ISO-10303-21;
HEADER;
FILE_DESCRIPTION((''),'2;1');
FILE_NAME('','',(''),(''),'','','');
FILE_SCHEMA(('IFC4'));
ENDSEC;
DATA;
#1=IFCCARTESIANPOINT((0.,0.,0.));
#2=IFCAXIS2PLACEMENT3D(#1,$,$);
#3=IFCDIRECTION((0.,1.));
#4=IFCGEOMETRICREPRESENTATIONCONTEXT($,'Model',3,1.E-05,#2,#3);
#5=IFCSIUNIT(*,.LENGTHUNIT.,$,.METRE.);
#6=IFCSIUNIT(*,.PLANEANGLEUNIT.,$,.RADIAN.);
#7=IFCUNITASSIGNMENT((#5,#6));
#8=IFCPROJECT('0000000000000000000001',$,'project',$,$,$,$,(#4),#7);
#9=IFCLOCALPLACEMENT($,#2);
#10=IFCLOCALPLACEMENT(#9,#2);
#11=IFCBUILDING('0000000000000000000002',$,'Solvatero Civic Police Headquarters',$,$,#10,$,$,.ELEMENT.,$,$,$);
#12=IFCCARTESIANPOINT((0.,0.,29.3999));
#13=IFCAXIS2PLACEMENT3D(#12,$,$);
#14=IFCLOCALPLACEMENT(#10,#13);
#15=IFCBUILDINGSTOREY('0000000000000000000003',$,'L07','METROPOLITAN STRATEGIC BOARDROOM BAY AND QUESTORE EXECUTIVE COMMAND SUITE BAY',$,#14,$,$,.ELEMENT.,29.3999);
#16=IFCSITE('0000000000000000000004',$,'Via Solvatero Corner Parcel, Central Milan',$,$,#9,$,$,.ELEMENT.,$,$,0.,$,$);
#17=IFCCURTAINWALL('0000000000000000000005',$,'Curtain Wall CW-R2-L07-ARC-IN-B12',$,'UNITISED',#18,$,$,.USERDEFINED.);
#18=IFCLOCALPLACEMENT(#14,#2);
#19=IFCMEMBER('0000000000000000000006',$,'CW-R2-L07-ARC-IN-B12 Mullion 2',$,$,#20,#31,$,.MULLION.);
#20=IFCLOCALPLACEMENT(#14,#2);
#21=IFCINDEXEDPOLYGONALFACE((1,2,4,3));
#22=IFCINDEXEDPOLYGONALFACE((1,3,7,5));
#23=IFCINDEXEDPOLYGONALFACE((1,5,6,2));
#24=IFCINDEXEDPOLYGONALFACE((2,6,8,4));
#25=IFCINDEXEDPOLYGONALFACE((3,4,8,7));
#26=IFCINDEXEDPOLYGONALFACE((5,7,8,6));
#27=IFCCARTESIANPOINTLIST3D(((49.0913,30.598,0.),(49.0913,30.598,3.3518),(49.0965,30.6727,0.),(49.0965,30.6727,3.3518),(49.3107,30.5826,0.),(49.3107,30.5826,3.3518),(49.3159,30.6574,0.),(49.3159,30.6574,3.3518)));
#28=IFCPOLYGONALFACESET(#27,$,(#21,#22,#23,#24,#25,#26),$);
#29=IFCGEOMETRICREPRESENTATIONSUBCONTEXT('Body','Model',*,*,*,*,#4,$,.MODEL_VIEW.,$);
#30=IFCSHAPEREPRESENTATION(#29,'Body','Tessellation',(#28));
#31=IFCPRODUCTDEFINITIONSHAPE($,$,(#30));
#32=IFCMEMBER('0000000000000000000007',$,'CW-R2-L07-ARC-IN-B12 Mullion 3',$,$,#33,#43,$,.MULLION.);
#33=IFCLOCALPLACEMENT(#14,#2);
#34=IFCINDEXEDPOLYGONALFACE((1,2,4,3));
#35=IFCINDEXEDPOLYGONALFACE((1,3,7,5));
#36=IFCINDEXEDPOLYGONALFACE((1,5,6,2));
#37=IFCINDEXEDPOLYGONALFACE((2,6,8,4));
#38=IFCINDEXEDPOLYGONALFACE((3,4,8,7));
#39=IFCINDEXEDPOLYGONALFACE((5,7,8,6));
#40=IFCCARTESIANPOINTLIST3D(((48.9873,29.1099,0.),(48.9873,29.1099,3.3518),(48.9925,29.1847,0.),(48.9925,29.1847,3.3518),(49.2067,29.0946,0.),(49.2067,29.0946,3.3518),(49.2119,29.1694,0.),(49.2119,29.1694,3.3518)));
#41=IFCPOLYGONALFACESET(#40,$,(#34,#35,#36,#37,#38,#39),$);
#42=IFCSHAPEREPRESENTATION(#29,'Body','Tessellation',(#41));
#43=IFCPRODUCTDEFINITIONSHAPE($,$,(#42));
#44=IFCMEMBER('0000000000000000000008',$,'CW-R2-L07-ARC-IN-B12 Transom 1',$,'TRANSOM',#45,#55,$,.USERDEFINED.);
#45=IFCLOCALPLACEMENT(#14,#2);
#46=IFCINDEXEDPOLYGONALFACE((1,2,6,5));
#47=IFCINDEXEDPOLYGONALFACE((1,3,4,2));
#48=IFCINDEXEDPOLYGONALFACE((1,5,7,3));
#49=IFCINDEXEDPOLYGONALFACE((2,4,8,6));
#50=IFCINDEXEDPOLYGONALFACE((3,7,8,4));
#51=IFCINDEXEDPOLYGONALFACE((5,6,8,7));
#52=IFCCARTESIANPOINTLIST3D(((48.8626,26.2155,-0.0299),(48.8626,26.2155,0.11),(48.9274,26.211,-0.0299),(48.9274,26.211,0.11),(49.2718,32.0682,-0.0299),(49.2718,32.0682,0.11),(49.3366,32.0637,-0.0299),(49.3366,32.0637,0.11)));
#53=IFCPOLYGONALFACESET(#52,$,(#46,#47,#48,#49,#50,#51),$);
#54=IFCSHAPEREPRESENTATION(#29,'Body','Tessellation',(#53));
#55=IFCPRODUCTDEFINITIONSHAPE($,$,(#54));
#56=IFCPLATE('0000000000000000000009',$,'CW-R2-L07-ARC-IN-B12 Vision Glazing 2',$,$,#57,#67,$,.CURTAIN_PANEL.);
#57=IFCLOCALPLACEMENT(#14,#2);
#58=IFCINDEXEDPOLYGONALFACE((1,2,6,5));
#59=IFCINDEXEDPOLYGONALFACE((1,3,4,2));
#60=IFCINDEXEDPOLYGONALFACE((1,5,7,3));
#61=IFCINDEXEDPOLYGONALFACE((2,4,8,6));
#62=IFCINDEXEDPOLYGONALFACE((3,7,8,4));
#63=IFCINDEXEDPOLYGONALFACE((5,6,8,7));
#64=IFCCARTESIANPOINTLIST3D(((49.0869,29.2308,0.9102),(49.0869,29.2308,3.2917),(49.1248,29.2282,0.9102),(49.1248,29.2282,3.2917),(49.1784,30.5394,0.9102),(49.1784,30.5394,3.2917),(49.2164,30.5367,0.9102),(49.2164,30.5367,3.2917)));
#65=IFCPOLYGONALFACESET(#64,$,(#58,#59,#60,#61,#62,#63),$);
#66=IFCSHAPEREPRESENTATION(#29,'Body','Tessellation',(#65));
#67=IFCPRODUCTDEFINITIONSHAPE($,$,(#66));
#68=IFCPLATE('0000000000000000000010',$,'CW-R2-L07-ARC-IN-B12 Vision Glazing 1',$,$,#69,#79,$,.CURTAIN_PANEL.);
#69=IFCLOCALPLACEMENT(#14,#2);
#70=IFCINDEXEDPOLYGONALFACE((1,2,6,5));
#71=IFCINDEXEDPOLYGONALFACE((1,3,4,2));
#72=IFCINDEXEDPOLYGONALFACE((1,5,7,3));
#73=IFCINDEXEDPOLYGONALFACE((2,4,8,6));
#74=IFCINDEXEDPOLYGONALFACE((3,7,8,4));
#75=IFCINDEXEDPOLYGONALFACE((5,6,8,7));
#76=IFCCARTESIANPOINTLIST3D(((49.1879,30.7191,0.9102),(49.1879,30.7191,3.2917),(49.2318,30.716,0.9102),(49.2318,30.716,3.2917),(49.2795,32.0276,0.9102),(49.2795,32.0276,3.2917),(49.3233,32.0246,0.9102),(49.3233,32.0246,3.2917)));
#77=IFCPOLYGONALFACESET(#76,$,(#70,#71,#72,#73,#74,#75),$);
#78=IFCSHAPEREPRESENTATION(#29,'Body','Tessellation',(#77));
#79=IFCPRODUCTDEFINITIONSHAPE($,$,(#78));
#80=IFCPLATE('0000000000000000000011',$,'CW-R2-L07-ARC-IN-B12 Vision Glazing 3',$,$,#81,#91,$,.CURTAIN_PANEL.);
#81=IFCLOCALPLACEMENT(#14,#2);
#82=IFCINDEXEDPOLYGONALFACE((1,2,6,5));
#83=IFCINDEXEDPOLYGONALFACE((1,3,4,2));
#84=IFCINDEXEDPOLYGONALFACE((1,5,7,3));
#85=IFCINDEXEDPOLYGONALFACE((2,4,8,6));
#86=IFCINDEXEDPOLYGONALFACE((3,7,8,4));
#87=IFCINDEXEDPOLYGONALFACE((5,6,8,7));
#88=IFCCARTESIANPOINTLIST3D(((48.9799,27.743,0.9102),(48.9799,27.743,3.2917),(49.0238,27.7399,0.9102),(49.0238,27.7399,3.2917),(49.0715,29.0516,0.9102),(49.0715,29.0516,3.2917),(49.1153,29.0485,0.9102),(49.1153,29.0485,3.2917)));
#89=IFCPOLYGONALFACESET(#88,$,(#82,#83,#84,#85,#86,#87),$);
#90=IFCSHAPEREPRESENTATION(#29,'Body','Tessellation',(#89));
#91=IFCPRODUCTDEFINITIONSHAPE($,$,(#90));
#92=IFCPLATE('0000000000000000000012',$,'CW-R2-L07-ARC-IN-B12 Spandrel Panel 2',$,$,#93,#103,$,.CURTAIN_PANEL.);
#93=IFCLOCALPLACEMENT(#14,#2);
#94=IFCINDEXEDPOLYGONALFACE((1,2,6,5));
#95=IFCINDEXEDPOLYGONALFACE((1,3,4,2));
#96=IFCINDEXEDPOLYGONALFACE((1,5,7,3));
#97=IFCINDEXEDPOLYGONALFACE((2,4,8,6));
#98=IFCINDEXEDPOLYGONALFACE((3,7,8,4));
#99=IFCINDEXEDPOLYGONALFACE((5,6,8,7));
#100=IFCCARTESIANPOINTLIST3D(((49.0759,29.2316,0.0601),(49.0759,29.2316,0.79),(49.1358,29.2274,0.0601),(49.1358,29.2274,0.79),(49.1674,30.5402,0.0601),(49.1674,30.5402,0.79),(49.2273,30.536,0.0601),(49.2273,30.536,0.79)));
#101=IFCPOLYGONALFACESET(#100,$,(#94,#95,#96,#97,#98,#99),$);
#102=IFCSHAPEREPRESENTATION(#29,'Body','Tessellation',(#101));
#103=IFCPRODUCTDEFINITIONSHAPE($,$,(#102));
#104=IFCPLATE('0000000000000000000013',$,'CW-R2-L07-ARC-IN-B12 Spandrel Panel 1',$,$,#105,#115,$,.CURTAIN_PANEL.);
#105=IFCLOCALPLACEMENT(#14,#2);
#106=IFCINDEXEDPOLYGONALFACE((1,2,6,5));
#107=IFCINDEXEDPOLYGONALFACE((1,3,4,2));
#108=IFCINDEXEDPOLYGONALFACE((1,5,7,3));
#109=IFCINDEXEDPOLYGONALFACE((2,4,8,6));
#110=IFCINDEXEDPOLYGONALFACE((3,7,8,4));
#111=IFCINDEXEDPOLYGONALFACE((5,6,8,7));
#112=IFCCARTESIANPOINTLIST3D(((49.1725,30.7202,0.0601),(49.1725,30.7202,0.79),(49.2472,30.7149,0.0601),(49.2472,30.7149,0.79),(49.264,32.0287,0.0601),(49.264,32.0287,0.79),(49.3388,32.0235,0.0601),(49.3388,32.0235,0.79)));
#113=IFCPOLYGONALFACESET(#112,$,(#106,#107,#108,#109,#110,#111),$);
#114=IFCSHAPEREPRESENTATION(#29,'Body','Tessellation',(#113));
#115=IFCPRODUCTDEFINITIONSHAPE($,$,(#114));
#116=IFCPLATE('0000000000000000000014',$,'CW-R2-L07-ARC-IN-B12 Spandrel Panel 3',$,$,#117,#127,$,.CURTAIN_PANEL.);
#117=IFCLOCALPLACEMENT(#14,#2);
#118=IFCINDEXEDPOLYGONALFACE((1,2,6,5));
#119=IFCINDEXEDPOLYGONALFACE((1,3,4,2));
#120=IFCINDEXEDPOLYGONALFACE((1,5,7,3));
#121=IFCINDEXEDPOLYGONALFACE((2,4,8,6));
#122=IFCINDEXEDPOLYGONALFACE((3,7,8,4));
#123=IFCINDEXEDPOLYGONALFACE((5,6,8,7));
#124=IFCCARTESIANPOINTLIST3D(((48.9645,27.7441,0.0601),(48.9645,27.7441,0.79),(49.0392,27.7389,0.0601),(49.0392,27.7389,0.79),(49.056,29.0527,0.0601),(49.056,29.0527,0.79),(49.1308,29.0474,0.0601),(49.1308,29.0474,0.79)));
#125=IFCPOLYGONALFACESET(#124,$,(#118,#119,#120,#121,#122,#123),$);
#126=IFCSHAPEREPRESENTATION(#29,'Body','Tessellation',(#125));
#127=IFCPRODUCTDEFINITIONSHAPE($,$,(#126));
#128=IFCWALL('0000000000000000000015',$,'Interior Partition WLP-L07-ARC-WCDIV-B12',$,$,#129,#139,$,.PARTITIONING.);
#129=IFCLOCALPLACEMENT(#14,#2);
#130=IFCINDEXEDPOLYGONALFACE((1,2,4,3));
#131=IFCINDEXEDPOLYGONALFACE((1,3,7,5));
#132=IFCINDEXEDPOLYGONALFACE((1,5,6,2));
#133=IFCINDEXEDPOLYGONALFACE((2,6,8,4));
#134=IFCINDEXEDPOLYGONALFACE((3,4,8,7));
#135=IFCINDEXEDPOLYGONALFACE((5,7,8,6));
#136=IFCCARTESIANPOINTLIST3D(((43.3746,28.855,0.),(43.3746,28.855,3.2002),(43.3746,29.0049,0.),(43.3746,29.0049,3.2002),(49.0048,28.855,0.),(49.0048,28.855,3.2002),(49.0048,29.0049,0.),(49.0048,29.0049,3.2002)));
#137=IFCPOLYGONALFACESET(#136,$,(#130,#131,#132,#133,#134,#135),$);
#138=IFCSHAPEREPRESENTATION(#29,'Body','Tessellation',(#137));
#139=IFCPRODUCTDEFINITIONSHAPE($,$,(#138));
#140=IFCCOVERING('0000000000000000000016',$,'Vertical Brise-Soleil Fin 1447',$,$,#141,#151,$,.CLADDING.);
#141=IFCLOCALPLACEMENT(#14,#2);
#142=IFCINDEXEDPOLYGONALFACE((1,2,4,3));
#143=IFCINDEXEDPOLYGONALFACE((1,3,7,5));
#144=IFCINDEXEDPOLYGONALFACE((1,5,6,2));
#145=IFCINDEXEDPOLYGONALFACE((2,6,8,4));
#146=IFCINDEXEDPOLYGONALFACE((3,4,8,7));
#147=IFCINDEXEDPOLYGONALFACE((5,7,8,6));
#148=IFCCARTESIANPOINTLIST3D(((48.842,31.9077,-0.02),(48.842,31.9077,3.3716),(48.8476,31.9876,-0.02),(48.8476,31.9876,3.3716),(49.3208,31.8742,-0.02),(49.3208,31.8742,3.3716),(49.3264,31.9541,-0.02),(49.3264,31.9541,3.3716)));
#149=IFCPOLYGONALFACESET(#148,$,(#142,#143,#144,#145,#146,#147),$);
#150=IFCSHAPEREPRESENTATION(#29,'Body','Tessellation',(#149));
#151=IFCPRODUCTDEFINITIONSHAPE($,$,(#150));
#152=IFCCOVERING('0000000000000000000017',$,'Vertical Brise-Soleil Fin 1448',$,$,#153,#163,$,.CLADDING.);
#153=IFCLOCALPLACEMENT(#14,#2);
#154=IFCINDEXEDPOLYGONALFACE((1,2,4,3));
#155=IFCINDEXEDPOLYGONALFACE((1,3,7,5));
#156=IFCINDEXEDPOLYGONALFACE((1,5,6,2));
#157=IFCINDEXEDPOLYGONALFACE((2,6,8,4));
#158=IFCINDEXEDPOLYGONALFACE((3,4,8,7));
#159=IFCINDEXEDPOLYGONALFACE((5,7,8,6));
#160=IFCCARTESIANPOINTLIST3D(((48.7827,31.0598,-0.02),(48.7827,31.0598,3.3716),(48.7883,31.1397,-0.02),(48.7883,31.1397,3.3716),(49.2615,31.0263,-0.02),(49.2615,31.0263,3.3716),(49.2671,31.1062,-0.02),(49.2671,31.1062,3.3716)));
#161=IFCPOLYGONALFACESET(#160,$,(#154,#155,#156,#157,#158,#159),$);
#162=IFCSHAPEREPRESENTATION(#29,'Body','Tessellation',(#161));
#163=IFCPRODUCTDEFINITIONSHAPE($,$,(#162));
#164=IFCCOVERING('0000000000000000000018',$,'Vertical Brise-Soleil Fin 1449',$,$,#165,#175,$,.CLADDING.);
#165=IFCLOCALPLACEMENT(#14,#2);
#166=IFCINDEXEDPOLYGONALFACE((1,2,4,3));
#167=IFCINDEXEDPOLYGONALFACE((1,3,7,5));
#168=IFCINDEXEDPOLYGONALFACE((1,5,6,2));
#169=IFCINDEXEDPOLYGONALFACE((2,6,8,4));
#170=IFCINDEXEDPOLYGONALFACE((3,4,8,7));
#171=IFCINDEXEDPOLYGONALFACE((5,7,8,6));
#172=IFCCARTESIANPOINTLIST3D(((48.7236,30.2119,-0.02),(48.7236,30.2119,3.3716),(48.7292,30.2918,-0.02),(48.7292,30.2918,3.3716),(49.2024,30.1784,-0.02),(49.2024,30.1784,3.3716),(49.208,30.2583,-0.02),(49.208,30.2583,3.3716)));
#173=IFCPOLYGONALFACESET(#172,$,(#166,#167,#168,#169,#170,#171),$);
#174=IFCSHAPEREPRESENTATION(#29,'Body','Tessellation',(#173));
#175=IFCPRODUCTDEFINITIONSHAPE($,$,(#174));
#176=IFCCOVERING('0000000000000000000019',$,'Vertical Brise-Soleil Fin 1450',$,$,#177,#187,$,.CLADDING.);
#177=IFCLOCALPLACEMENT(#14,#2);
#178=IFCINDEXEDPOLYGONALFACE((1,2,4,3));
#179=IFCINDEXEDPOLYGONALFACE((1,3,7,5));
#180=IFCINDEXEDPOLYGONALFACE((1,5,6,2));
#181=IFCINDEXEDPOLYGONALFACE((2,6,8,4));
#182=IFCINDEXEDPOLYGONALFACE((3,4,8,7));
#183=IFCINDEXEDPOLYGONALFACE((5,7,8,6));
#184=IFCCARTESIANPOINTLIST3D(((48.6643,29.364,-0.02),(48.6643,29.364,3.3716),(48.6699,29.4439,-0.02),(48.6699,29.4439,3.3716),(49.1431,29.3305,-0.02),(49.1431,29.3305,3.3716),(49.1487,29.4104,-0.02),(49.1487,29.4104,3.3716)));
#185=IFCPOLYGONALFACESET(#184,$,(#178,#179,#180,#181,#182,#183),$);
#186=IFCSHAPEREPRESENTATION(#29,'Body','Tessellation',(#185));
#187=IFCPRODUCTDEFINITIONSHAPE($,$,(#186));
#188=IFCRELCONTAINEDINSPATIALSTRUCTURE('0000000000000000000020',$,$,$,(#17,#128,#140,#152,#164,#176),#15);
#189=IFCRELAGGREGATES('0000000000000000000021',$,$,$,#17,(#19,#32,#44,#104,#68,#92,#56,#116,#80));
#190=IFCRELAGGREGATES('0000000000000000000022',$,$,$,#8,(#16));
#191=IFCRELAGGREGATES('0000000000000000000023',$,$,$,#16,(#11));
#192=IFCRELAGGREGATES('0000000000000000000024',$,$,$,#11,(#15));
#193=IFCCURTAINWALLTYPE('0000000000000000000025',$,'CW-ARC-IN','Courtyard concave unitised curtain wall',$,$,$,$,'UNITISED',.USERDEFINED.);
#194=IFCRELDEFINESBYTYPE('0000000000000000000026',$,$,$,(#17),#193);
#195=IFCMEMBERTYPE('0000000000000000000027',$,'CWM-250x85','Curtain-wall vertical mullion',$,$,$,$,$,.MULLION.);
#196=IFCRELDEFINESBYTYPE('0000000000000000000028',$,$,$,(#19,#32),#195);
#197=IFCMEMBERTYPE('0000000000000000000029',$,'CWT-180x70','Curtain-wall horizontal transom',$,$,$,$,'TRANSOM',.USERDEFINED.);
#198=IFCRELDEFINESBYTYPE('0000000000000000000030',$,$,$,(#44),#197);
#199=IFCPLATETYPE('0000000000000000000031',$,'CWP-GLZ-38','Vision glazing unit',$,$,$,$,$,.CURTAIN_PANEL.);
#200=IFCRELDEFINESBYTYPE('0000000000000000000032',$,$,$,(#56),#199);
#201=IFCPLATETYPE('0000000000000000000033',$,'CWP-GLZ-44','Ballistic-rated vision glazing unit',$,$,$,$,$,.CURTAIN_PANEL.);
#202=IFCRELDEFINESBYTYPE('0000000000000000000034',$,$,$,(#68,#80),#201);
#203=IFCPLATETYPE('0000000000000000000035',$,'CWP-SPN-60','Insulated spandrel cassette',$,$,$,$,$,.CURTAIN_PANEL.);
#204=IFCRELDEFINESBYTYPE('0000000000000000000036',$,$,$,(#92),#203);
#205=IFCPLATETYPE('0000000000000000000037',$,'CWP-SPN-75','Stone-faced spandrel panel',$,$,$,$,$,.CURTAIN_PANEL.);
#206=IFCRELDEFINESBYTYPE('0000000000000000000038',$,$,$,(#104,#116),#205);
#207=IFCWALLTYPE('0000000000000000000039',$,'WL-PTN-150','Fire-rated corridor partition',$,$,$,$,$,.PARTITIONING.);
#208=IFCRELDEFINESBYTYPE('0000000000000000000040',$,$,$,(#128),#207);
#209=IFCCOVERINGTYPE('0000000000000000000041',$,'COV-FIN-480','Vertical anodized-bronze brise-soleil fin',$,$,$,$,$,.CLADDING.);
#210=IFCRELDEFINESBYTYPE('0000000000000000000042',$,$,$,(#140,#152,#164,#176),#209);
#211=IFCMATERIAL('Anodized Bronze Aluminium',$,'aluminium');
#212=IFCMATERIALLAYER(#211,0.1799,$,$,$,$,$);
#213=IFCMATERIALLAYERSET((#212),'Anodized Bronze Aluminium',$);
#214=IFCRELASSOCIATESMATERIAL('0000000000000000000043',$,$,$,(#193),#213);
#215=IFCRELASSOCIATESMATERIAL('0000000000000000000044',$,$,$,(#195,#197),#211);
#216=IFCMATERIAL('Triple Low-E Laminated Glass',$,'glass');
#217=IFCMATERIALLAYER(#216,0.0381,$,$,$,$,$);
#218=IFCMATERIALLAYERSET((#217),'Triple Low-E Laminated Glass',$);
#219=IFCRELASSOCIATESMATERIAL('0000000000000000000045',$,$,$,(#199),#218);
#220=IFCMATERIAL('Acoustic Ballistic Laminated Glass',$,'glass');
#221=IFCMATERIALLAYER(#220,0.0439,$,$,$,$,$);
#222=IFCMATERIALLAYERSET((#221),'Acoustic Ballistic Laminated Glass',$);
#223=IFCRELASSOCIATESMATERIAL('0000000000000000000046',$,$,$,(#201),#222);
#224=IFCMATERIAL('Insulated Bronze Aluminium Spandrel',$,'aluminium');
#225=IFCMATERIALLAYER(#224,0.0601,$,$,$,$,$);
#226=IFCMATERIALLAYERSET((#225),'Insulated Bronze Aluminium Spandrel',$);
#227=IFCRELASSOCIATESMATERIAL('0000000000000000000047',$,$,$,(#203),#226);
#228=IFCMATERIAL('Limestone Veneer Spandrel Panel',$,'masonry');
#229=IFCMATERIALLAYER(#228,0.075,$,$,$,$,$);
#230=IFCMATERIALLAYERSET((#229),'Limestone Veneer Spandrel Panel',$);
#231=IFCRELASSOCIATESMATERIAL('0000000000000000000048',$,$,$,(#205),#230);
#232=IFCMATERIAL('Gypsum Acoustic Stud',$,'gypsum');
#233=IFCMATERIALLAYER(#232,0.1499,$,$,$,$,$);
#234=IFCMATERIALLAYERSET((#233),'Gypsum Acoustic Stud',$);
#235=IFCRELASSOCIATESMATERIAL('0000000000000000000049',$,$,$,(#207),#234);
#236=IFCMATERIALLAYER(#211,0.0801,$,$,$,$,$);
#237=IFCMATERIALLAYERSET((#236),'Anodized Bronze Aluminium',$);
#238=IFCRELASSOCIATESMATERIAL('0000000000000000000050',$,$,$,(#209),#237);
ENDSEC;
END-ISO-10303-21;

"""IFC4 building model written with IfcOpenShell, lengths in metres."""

from ifc_helpers import new_model, si_unit, direction, frame, frame_2d, origin, origin_2d, place, context, subcontext, project, spatial, rectangle, extrude, material, layer, layer_set, material_profile, profile_set, type_object, element, aggregate, save


model = new_model("IFC4")

# Units and contexts
model_context = context("Model", 3, precision=1e-05, world=origin(), true_north=direction((0.0, 1.0)))
body_context = subcontext(model_context, "Body", "Model", "MODEL_VIEW")
ifc_project = project(units=[si_unit("LENGTHUNIT", "METRE"), si_unit("PLANEANGLEUNIT", "RADIAN")], contexts=[model_context])

# Site, building, storey
site_placement = place(None, origin())
site = spatial("IfcSite", under=ifc_project, at=site_placement, Name="Via Solvatero Corner Parcel, Central Milan", CompositionType="ELEMENT", RefElevation=0.0)
building_placement = place(site_placement, origin())
building = spatial("IfcBuilding", under=site, at=building_placement, Name="Solvatero Civic Police Headquarters", CompositionType="ELEMENT")
storey_placement = place(building_placement, frame((0.0, 0.0, 29.3999)))
storey = spatial("IfcBuildingStorey", under=building, at=storey_placement, Name="L07", Description="METROPOLITAN STRATEGIC BOARDROOM BAY AND QUESTORE EXECUTIVE COMMAND SUITE BAY", CompositionType="ELEMENT", Elevation=29.3999)

# Curtain wall, members, plates
ifc_material_1 = material(Name="Anodized Bronze Aluminium", Category="aluminium")
ifc_layer_1 = layer(ifc_material_1, 0.1799)
ifc_layer_set_1 = layer_set([ifc_layer_1], Name="Anodized Bronze Aluminium")
curtain_wall_type = type_object("IfcCurtainWallType", Name="CW-ARC-IN", Description="Courtyard concave unitised curtain wall", ElementType="UNITISED", PredefinedType="USERDEFINED", material=ifc_layer_set_1)
curtain_wall_placement = place(storey_placement, origin())
curtain_wall = element("IfcCurtainWall", 1, at=curtain_wall_placement, inside=storey, type_object=curtain_wall_type, Name="Curtain Wall CW-R2-L07-ARC-IN-B12", ObjectType="UNITISED", PredefinedType="USERDEFINED")
ifc_material_profile_1 = material_profile(ifc_material_1, rectangle(XDim=0.075, YDim=0.22, at=origin_2d()), Name="ALU MULLION 75x220")
ifc_profile_set_1 = profile_set([ifc_material_profile_1], Name="Anodized Bronze Aluminium")
member_type_1 = type_object("IfcMemberType", Name="CWM-250x85", Description="Curtain-wall vertical mullion", PredefinedType="MULLION", material=ifc_profile_set_1)
member_1_placement = place(storey_placement, frame((49.2036, 30.6277, 0.0), z_axis=(0.0, 0.0, 1.0), x_axis=(-0.069774, -0.997563, 0.0)))
member_1 = element("IfcMember", 2, at=member_1_placement, type_object=member_type_1, Name="CW-R2-L07-ARC-IN-B12 Mullion 2", PredefinedType="MULLION", context=body_context, shape_type="SweptSolid", body=[
    extrude(rectangle(XDim=0.075, YDim=0.22, at=origin_2d()), origin(), (0.0, 0.0, 1.0), 3.3518),
])
member_2_placement = place(storey_placement, frame((49.0996, 29.1396, 0.0), z_axis=(0.0, 0.0, 1.0), x_axis=(-0.069774, -0.997563, 0.0)))
member_2 = element("IfcMember", 3, at=member_2_placement, type_object=member_type_1, Name="CW-R2-L07-ARC-IN-B12 Mullion 3", PredefinedType="MULLION", context=body_context, shape_type="SweptSolid", body=[
    extrude(rectangle(XDim=0.075, YDim=0.22, at=origin_2d()), origin(), (0.0, 0.0, 1.0), 3.3518),
])
ifc_material_profile_2 = material_profile(ifc_material_1, rectangle(XDim=0.0649, YDim=0.1399, at=origin_2d()), Name="ALU TRANSOM 65x140")
ifc_profile_set_2 = profile_set([ifc_material_profile_2], Name="Anodized Bronze Aluminium")
member_type_2 = type_object("IfcMemberType", Name="CWT-180x70", Description="Curtain-wall horizontal transom", ElementType="TRANSOM", PredefinedType="USERDEFINED", material=ifc_profile_set_2)
member_3_placement = place(storey_placement, frame((49.3042, 32.0659, 0.04), z_axis=(-0.069745, -0.997565, 0.0), x_axis=(0.997565, -0.069745, 0.0)))
member_3 = element("IfcMember", 4, at=member_3_placement, type_object=member_type_2, Name="CW-R2-L07-ARC-IN-B12 Transom 1", ObjectType="TRANSOM", PredefinedType="USERDEFINED", context=body_context, shape_type="SweptSolid", body=[
    extrude(rectangle(XDim=0.0649, YDim=0.1399, at=origin_2d()), origin(), (0.0, 0.0, 1.0), 5.8669),
])
ifc_material_2 = material(Name="Triple Low-E Laminated Glass", Category="glass")
ifc_layer_2 = layer(ifc_material_2, 0.0381)
ifc_layer_set_2 = layer_set([ifc_layer_2], Name="Triple Low-E Laminated Glass")
plate_type_1 = type_object("IfcPlateType", Name="CWP-GLZ-38", Description="Vision glazing unit", PredefinedType="CURTAIN_PANEL", material=ifc_layer_set_2)
plate_1_placement = place(storey_placement, frame((49.1516, 29.8838, 0.9102), z_axis=(0.0, 0.0, 1.0), x_axis=(-0.069774, -0.997563, 0.0)))
plate_1 = element("IfcPlate", 5, at=plate_1_placement, type_object=plate_type_1, Name="CW-R2-L07-ARC-IN-B12 Vision Glazing 2", PredefinedType="CURTAIN_PANEL", context=body_context, shape_type="SweptSolid", body=[
    extrude(rectangle(XDim=1.3118, YDim=0.0381, at=origin_2d()), origin(), (0.0, 0.0, 1.0), 2.3816),
])
ifc_material_3 = material(Name="Acoustic Ballistic Laminated Glass", Category="glass")
ifc_layer_3 = layer(ifc_material_3, 0.0439)
ifc_layer_set_3 = layer_set([ifc_layer_3], Name="Acoustic Ballistic Laminated Glass")
plate_type_2 = type_object("IfcPlateType", Name="CWP-GLZ-44", Description="Ballistic-rated vision glazing unit", PredefinedType="CURTAIN_PANEL", material=ifc_layer_set_3)
plate_2_placement = place(storey_placement, frame((49.2556, 31.3718, 0.9102), z_axis=(0.0, 0.0, 1.0), x_axis=(-0.069774, -0.997563, 0.0)))
plate_2 = element("IfcPlate", 6, at=plate_2_placement, type_object=plate_type_2, Name="CW-R2-L07-ARC-IN-B12 Vision Glazing 1", PredefinedType="CURTAIN_PANEL", context=body_context, shape_type="SweptSolid", body=[
    extrude(rectangle(XDim=1.3118, YDim=0.0439, at=origin_2d()), origin(), (0.0, 0.0, 1.0), 2.3816),
])
plate_3_placement = place(storey_placement, frame((49.0476, 28.3958, 0.9102), z_axis=(0.0, 0.0, 1.0), x_axis=(-0.069774, -0.997563, 0.0)))
plate_3 = element("IfcPlate", 7, at=plate_3_placement, type_object=plate_type_2, Name="CW-R2-L07-ARC-IN-B12 Vision Glazing 3", PredefinedType="CURTAIN_PANEL", context=body_context, shape_type="SweptSolid", body=[
    extrude(rectangle(XDim=1.3118, YDim=0.0439, at=origin_2d()), origin(), (0.0, 0.0, 1.0), 2.3816),
])
ifc_material_4 = material(Name="Insulated Bronze Aluminium Spandrel", Category="aluminium")
ifc_layer_4 = layer(ifc_material_4, 0.0601)
ifc_layer_set_4 = layer_set([ifc_layer_4], Name="Insulated Bronze Aluminium Spandrel")
plate_type_3 = type_object("IfcPlateType", Name="CWP-SPN-60", Description="Insulated spandrel cassette", PredefinedType="CURTAIN_PANEL", material=ifc_layer_set_4)
plate_4_placement = place(storey_placement, frame((49.1516, 29.8838, 0.0601), z_axis=(0.0, 0.0, 1.0), x_axis=(-0.069774, -0.997563, 0.0)))
plate_4 = element("IfcPlate", 8, at=plate_4_placement, type_object=plate_type_3, Name="CW-R2-L07-ARC-IN-B12 Spandrel Panel 2", PredefinedType="CURTAIN_PANEL", context=body_context, shape_type="SweptSolid", body=[
    extrude(rectangle(XDim=1.3118, YDim=0.0601, at=origin_2d()), origin(), (0.0, 0.0, 1.0), 0.73),
])
ifc_material_5 = material(Name="Limestone Veneer Spandrel Panel", Category="masonry")
ifc_layer_5 = layer(ifc_material_5, 0.075)
ifc_layer_set_5 = layer_set([ifc_layer_5], Name="Limestone Veneer Spandrel Panel")
plate_type_4 = type_object("IfcPlateType", Name="CWP-SPN-75", Description="Stone-faced spandrel panel", PredefinedType="CURTAIN_PANEL", material=ifc_layer_set_5)
plate_5_placement = place(storey_placement, frame((49.2556, 31.3718, 0.0601), z_axis=(0.0, 0.0, 1.0), x_axis=(-0.069774, -0.997563, 0.0)))
plate_5 = element("IfcPlate", 9, at=plate_5_placement, type_object=plate_type_4, Name="CW-R2-L07-ARC-IN-B12 Spandrel Panel 1", PredefinedType="CURTAIN_PANEL", context=body_context, shape_type="SweptSolid", body=[
    extrude(rectangle(XDim=1.3118, YDim=0.075, at=origin_2d()), origin(), (0.0, 0.0, 1.0), 0.73),
])
plate_6_placement = place(storey_placement, frame((49.0476, 28.3958, 0.0601), z_axis=(0.0, 0.0, 1.0), x_axis=(-0.069774, -0.997563, 0.0)))
plate_6 = element("IfcPlate", 10, at=plate_6_placement, type_object=plate_type_4, Name="CW-R2-L07-ARC-IN-B12 Spandrel Panel 3", PredefinedType="CURTAIN_PANEL", context=body_context, shape_type="SweptSolid", body=[
    extrude(rectangle(XDim=1.3118, YDim=0.075, at=origin_2d()), origin(), (0.0, 0.0, 1.0), 0.73),
])
aggregate(curtain_wall, [member_1, member_2, member_3, plate_5, plate_2, plate_4, plate_1, plate_6, plate_3])

# Wall
ifc_material_6 = material(Name="Gypsum Acoustic Stud", Category="gypsum")
ifc_layer_6 = layer(ifc_material_6, 0.1499)
ifc_layer_set_6 = layer_set([ifc_layer_6], Name="Gypsum Acoustic Stud")
wall_type = type_object("IfcWallType", Name="WL-PTN-150", Description="Fire-rated corridor partition", PredefinedType="PARTITIONING", material=ifc_layer_set_6)
wall_placement = place(storey_placement, frame((43.3748, 28.9299, 0.0), z_axis=(0.0, 0.0, 1.0), x_axis=(1.0, 0.0, 0.0)))
element("IfcWall", 11, at=wall_placement, inside=storey, type_object=wall_type, Name="Interior Partition WLP-L07-ARC-WCDIV-B12", PredefinedType="PARTITIONING", context=body_context, shape_type="SweptSolid", body=[
    extrude(rectangle(XDim=5.6301, YDim=0.1499, at=frame_2d((2.8149, 0.0))), origin(), (0.0, 0.0, 1.0), 3.2002),
])

# Coverings
ifc_layer_7 = layer(ifc_material_1, 0.0801)
ifc_layer_set_7 = layer_set([ifc_layer_7], Name="Anodized Bronze Aluminium")
covering_type = type_object("IfcCoveringType", Name="COV-FIN-480", Description="Vertical anodized-bronze brise-soleil fin", PredefinedType="CLADDING", material=ifc_layer_set_7)
for number, where, z_axis, x_axis, name in (
    (12, (49.0842, 31.9309, -0.02), (0.0, 0.0, 1.0), (-0.069774, -0.997563, 0.0), "Vertical Brise-Soleil Fin 1447"),
    (13, (49.0249, 31.083, -0.02), (0.0, 0.0, 1.0), (-0.069774, -0.997563, 0.0), "Vertical Brise-Soleil Fin 1448"),
    (14, (48.9658, 30.2351, -0.02), (0.0, 0.0, 1.0), (-0.069774, -0.997563, 0.0), "Vertical Brise-Soleil Fin 1449"),
    (15, (48.9065, 29.3872, -0.02), (0.0, 0.0, 1.0), (-0.069774, -0.997563, 0.0), "Vertical Brise-Soleil Fin 1450"),
):
    element("IfcCovering", number, at=place(storey_placement, frame(where, z_axis=z_axis, x_axis=x_axis)), inside=storey, type_object=covering_type, Name=name, PredefinedType="CLADDING", context=body_context, shape_type="SweptSolid", body=[
        extrude(rectangle(XDim=0.0801, YDim=0.48, at=origin_2d()), origin(), (0.0, 0.0, 1.0), 3.3916),
    ])

save(model, "model.ifc")
